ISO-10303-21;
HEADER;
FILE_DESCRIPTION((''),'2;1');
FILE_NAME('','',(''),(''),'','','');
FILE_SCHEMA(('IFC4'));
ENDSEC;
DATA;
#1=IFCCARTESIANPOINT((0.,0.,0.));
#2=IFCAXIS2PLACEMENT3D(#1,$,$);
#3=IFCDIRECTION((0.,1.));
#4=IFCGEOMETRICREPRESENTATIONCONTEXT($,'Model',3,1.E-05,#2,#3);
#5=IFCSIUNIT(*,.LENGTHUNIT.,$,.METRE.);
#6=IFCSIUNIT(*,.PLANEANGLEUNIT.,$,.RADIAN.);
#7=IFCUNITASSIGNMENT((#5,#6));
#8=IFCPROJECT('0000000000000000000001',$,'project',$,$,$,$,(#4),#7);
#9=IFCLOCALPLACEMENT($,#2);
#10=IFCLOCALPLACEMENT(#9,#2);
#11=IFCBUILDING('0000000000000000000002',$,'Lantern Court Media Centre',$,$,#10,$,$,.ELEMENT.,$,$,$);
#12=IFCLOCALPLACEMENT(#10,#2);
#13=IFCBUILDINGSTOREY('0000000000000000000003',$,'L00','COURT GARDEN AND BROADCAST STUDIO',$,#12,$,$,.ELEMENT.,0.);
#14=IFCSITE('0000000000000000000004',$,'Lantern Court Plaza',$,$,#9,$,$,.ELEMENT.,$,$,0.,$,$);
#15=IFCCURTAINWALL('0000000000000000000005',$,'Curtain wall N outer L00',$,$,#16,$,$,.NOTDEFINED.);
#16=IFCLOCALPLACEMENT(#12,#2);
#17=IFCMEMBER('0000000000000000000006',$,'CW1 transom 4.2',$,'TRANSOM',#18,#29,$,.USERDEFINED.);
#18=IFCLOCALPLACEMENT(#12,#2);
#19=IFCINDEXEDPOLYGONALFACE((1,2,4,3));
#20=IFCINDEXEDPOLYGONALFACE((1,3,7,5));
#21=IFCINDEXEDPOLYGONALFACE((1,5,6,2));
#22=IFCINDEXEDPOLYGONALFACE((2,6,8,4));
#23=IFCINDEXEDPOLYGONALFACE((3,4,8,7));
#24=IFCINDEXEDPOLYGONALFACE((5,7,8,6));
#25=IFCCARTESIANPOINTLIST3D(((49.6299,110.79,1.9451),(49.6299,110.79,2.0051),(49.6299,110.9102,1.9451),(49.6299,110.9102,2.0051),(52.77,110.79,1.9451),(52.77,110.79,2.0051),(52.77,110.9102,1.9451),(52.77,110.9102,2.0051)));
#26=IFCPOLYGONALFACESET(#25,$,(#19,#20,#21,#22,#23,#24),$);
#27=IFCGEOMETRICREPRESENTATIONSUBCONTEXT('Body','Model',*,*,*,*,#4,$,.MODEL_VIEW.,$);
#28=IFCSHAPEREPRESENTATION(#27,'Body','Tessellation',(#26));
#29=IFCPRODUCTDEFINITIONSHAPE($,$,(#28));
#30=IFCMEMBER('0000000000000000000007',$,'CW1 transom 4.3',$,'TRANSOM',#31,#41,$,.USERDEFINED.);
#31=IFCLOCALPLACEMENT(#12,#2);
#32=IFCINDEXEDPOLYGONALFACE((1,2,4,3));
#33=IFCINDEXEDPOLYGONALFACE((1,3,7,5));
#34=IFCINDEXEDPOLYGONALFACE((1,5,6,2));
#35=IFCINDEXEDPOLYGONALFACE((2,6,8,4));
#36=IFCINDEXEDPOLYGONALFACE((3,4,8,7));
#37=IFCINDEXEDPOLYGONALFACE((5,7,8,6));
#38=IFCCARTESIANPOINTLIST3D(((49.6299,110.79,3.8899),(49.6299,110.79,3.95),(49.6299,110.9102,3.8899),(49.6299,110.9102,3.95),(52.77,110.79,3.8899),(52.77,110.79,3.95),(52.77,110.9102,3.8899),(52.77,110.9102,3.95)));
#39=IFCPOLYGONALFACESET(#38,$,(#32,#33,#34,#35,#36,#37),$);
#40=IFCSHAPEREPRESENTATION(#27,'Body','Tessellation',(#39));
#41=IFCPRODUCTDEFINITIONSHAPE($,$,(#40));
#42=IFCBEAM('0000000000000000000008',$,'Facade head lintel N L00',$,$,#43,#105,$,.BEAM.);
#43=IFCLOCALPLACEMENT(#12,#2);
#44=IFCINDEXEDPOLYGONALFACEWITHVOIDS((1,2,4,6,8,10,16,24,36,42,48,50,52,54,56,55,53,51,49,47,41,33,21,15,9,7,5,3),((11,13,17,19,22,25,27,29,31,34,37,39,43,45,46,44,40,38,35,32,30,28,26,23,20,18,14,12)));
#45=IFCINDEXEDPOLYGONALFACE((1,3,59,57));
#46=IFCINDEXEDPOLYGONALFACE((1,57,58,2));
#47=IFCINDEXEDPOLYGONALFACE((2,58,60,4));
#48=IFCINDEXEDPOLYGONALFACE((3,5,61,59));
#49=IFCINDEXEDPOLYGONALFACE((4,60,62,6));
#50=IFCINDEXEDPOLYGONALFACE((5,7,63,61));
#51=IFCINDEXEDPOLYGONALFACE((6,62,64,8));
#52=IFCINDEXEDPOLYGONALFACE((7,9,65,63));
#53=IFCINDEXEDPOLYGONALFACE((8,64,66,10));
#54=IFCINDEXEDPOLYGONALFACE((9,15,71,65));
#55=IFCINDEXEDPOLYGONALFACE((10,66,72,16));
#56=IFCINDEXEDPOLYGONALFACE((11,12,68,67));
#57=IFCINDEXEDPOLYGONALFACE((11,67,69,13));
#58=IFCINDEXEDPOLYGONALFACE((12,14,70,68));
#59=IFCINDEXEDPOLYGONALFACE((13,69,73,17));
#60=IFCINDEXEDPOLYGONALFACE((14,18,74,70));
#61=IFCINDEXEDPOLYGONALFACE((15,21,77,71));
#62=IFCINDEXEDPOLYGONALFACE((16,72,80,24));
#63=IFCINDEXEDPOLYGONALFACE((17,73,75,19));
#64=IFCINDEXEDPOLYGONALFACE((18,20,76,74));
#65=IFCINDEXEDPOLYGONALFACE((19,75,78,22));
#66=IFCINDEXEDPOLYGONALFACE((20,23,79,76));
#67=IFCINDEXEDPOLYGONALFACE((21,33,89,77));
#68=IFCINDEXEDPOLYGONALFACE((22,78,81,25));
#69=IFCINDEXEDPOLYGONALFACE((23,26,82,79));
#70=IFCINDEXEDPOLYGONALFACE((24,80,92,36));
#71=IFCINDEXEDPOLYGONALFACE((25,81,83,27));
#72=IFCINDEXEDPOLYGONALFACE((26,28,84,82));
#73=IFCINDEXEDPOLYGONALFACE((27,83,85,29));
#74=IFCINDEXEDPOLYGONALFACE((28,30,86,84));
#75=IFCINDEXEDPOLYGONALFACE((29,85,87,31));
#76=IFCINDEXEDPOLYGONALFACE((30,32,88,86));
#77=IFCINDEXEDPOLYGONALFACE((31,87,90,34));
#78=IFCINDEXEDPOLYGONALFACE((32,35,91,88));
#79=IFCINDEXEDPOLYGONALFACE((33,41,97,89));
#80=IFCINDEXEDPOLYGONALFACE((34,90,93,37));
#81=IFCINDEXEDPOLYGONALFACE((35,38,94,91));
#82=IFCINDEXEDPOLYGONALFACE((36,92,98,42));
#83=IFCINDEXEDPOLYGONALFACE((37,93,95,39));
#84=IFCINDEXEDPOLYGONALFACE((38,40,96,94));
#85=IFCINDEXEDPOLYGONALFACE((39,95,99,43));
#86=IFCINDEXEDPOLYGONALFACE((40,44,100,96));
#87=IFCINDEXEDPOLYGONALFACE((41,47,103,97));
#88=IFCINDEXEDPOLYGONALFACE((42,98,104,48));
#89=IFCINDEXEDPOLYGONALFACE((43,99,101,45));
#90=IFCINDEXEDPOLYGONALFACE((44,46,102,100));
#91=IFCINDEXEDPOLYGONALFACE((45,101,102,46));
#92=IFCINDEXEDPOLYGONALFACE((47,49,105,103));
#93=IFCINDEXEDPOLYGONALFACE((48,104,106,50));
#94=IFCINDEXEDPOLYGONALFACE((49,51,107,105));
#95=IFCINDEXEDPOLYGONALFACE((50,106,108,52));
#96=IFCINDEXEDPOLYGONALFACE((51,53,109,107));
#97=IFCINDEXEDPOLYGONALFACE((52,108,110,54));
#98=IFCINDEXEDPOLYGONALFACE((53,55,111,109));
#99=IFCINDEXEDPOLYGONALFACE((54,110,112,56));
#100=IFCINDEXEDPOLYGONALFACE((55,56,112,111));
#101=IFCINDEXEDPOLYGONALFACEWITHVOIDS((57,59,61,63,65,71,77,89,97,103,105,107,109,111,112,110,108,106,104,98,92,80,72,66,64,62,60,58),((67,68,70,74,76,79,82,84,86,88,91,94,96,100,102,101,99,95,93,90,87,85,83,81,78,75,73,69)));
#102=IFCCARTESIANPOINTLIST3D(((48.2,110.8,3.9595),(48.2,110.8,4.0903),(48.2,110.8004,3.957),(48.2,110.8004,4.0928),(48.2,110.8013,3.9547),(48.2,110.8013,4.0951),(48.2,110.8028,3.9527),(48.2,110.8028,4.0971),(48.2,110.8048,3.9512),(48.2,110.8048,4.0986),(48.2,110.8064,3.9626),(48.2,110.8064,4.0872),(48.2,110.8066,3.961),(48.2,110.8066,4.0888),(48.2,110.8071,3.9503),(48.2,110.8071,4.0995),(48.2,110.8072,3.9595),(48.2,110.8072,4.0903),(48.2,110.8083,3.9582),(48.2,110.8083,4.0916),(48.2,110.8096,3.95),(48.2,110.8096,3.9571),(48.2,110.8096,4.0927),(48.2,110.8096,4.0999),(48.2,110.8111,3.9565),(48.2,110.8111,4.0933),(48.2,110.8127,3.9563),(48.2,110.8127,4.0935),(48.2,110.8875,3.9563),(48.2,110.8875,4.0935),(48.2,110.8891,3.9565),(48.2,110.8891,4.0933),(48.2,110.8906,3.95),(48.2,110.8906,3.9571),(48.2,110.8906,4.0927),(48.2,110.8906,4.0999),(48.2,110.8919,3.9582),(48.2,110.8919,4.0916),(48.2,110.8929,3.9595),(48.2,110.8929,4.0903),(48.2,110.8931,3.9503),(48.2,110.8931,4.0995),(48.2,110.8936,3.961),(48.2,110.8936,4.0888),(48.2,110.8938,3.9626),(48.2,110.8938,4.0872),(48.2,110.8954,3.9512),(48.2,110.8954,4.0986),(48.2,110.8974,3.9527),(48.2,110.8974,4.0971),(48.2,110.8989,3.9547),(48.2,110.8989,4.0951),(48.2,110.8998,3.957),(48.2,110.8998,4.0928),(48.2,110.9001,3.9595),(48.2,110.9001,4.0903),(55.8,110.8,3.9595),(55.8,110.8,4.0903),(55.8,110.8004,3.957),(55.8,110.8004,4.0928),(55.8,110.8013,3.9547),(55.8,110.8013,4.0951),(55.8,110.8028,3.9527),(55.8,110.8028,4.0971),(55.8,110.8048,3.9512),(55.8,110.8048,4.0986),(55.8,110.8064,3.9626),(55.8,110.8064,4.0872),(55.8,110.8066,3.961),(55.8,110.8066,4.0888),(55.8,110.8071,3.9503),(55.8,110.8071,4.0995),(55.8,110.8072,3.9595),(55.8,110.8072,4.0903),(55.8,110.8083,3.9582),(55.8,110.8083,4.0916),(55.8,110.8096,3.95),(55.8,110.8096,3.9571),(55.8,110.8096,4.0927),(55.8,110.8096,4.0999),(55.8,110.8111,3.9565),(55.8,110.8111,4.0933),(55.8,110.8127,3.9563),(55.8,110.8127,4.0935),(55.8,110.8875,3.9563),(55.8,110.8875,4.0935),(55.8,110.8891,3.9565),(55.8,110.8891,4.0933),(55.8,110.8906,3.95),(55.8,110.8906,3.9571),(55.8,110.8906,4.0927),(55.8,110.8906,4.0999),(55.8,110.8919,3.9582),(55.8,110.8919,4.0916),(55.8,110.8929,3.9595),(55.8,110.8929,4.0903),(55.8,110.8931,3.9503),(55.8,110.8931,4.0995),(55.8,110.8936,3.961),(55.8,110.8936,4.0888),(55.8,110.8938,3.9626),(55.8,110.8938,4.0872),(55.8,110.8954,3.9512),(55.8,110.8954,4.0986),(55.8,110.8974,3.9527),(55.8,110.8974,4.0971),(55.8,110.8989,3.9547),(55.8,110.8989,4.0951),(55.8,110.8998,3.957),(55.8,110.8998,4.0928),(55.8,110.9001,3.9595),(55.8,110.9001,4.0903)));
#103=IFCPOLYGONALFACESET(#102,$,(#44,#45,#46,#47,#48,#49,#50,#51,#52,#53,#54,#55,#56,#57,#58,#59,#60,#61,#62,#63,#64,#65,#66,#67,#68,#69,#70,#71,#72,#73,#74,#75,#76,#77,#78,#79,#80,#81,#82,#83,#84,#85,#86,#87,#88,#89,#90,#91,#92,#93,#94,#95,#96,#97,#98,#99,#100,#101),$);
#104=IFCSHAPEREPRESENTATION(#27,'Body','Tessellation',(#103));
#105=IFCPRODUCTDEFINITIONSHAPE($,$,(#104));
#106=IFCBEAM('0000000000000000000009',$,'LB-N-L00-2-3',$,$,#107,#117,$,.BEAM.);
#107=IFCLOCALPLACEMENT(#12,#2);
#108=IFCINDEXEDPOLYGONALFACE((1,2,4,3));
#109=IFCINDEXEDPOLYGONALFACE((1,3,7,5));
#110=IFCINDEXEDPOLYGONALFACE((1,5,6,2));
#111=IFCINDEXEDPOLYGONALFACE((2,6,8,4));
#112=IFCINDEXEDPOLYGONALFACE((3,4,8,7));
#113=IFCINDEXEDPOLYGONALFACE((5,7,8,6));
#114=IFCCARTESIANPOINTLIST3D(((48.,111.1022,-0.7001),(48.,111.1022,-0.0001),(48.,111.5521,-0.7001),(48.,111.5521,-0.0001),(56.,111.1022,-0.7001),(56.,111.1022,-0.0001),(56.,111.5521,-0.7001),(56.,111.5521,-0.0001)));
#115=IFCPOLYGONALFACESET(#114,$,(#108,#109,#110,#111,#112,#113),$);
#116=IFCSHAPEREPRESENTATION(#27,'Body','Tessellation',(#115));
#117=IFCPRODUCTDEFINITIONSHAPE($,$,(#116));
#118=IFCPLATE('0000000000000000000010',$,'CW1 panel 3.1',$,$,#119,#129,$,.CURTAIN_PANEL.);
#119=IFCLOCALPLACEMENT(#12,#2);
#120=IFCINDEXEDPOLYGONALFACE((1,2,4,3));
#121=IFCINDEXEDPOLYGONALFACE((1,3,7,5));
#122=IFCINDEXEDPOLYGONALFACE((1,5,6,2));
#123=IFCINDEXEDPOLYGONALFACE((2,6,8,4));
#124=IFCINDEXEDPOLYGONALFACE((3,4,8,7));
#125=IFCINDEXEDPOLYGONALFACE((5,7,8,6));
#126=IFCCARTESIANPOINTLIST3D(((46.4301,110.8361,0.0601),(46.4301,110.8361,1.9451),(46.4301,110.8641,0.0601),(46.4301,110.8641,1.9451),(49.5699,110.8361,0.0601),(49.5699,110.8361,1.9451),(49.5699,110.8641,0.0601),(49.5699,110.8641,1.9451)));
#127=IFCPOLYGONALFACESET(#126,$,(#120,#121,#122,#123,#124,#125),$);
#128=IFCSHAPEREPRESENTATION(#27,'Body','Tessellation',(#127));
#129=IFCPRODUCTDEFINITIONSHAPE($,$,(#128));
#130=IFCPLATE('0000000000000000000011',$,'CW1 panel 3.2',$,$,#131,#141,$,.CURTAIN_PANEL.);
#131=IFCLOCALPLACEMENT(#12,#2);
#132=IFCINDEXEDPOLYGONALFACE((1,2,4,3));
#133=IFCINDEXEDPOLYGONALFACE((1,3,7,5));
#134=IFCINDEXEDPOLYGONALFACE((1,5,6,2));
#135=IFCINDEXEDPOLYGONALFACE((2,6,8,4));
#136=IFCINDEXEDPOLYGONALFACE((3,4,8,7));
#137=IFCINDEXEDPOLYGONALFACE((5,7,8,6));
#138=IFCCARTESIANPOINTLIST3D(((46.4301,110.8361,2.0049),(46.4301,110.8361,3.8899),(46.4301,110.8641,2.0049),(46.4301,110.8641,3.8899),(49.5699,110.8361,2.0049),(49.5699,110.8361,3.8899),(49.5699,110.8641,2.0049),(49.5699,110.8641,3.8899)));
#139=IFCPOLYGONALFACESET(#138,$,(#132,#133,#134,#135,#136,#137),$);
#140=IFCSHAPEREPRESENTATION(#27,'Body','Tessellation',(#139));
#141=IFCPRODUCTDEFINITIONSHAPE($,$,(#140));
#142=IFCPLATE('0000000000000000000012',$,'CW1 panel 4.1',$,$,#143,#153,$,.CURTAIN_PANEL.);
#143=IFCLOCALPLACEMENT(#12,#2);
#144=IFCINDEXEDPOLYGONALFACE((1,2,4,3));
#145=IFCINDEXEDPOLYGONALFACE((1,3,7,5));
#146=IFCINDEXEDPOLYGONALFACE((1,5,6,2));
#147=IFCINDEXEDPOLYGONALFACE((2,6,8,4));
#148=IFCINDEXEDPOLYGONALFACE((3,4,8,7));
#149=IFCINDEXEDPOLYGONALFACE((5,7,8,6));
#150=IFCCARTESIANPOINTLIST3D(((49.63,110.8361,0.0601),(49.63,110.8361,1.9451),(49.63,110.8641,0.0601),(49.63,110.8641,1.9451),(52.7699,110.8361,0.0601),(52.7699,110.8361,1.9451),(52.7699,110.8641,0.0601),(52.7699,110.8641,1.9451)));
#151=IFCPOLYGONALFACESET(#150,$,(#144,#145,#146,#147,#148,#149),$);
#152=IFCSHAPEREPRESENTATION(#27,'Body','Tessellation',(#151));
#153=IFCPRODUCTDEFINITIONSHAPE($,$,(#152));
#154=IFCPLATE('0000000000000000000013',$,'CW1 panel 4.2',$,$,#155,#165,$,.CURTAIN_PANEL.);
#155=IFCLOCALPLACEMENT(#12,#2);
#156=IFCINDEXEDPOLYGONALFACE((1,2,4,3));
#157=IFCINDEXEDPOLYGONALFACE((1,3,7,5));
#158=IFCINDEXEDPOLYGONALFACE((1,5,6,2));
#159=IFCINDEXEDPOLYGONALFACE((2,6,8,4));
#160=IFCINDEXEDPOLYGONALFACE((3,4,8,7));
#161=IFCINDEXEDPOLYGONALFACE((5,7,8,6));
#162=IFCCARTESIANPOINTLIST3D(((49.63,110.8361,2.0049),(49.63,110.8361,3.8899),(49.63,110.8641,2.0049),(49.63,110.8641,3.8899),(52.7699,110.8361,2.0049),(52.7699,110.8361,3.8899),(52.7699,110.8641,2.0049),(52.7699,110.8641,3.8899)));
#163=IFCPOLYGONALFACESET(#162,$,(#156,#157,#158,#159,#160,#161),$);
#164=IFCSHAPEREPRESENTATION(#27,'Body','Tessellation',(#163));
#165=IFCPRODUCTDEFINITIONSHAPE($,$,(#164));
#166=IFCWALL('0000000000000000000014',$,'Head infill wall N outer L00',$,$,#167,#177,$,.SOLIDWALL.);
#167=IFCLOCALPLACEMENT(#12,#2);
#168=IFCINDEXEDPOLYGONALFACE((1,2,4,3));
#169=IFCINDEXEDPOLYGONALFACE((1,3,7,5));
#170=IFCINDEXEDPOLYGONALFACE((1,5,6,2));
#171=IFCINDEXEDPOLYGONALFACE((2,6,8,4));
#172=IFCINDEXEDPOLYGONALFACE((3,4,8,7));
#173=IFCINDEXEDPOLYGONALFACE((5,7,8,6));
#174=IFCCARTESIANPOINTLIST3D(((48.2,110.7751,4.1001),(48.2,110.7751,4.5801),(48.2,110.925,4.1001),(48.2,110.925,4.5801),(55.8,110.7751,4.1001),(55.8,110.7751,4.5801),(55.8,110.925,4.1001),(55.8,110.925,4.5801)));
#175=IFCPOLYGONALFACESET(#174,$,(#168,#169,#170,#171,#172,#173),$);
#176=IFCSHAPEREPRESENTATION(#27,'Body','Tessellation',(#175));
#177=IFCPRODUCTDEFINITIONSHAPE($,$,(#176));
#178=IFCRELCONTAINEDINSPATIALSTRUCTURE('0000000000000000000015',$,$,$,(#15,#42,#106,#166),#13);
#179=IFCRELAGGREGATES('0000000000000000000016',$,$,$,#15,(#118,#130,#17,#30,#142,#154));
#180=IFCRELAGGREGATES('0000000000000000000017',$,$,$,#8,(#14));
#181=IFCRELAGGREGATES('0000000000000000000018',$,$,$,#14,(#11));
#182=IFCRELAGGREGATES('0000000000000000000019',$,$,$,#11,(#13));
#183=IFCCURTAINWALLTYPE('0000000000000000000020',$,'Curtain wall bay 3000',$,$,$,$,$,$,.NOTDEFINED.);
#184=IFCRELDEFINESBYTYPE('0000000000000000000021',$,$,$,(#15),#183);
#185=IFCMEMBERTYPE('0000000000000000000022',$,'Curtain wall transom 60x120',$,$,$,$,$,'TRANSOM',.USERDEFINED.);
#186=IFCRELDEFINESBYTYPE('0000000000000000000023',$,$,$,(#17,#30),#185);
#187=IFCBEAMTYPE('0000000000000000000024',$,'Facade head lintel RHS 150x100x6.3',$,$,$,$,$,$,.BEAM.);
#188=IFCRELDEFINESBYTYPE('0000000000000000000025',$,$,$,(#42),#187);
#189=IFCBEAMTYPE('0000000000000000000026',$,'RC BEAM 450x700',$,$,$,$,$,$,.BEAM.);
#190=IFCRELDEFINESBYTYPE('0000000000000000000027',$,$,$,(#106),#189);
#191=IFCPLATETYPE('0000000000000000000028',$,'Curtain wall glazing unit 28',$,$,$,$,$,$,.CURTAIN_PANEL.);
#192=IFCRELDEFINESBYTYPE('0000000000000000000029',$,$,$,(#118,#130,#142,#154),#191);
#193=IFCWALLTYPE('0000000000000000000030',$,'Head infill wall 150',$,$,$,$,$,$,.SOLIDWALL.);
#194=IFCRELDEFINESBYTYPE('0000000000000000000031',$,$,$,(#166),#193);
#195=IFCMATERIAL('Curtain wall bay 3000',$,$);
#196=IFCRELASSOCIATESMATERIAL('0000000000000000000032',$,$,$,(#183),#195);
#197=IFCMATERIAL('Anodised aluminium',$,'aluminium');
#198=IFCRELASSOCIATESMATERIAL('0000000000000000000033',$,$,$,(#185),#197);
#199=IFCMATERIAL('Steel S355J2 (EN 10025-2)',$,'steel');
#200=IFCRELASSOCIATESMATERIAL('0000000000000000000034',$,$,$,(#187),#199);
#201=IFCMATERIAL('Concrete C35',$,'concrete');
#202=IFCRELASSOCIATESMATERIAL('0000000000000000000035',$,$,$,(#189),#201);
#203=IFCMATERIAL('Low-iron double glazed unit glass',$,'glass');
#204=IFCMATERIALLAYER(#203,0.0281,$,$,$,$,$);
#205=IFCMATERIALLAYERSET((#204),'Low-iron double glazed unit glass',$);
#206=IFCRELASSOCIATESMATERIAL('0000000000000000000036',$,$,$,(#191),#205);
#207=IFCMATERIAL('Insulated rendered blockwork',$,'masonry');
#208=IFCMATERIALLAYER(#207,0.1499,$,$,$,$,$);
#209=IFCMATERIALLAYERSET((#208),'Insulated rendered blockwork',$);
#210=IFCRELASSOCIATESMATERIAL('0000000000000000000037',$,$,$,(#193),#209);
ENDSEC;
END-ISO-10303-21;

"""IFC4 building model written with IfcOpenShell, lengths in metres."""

from ifc_helpers import new_model, si_unit, direction, frame, frame_2d, origin, origin_2d, place, context, subcontext, project, spatial, rectangle, hollow_rectangle, extrude, material, layer, layer_set, material_profile, profile_set, type_object, element, aggregate, save


model = new_model("IFC4")

# Units and contexts
model_context = context("Model", 3, precision=1e-05, world=origin(), true_north=direction((0.0, 1.0)))
body_context = subcontext(model_context, "Body", "Model", "MODEL_VIEW")
ifc_project = project(units=[si_unit("LENGTHUNIT", "METRE"), si_unit("PLANEANGLEUNIT", "RADIAN")], contexts=[model_context])

# Site, building, storey
site_placement = place(None, origin())
site = spatial("IfcSite", under=ifc_project, at=site_placement, Name="Lantern Court Plaza", CompositionType="ELEMENT", RefElevation=0.0)
building_placement = place(site_placement, origin())
building = spatial("IfcBuilding", under=site, at=building_placement, Name="Lantern Court Media Centre", CompositionType="ELEMENT")
storey_placement = place(building_placement, origin())
storey = spatial("IfcBuildingStorey", under=building, at=storey_placement, Name="L00", Description="COURT GARDEN AND BROADCAST STUDIO", CompositionType="ELEMENT", Elevation=0.0)

# Shared definitions
ifc_material_1 = material(Name="Concrete C35", Category="concrete")

# Curtain wall, members
ifc_material_2 = material(Name="Curtain wall bay 3000")
curtain_wall_type = type_object("IfcCurtainWallType", Name="Curtain wall bay 3000", PredefinedType="NOTDEFINED", material=ifc_material_2)
curtain_wall_placement = place(storey_placement, origin())
curtain_wall = element("IfcCurtainWall", 1, at=curtain_wall_placement, inside=storey, type_object=curtain_wall_type, Name="Curtain wall N outer L00", PredefinedType="NOTDEFINED")
ifc_material_3 = material(Name="Anodised aluminium", Category="aluminium")
ifc_material_profile_1 = material_profile(ifc_material_3, rectangle(XDim=0.1201, YDim=0.0601, at=origin_2d()), Name="AL 60x120")
ifc_profile_set_1 = profile_set([ifc_material_profile_1], Name="Anodised aluminium")
member_type_1 = type_object("IfcMemberType", Name="Curtain wall transom 60x120", ElementType="TRANSOM", PredefinedType="USERDEFINED", material=ifc_profile_set_1)
member_1_placement = place(storey_placement, frame((49.6299, 110.8501, 1.9751), z_axis=(1.0, 0.0, 0.0), x_axis=(0.0, 1.0, 0.0)))
member_1 = element("IfcMember", 2, at=member_1_placement, type_object=member_type_1, Name="CW1 transom 4.2", ObjectType="TRANSOM", PredefinedType="USERDEFINED", context=body_context, shape_type="SweptSolid", body=[
    extrude(rectangle(XDim=0.1201, YDim=0.0601, at=origin_2d()), origin(), (0.0, 0.0, 1.0), 3.1401),
])
member_2_placement = place(storey_placement, frame((49.6299, 110.8501, 3.9199), z_axis=(1.0, 0.0, 0.0), x_axis=(0.0, 1.0, 0.0)))
member_2 = element("IfcMember", 3, at=member_2_placement, type_object=member_type_1, Name="CW1 transom 4.3", ObjectType="TRANSOM", PredefinedType="USERDEFINED", context=body_context, shape_type="SweptSolid", body=[
    extrude(rectangle(XDim=0.1201, YDim=0.0601, at=origin_2d()), origin(), (0.0, 0.0, 1.0), 3.1401),
])

# Beams
ifc_material_4 = material(Name="Steel S355J2 (EN 10025-2)", Category="steel")
ifc_material_profile_2 = material_profile(ifc_material_4, hollow_rectangle(XDim=0.1001, YDim=0.1499, WallThickness=0.0063, InnerFilletRadius=0.0063, OuterFilletRadius=0.0095, at=origin_2d()), Name="Facade head lintel RHS 150x100x6.3")
ifc_profile_set_2 = profile_set([ifc_material_profile_2], Name="Steel S355J2 (EN 10025-2)")
beam_type_1 = type_object("IfcBeamType", Name="Facade head lintel RHS 150x100x6.3", PredefinedType="BEAM", material=ifc_profile_set_2)
beam_1_placement = place(storey_placement, frame((48.2, 110.8501, 4.0249), z_axis=(1.0, 0.0, 0.0), x_axis=(0.0, 1.0, 0.0)))
element("IfcBeam", 4, at=beam_1_placement, inside=storey, type_object=beam_type_1, Name="Facade head lintel N L00", PredefinedType="BEAM", context=body_context, shape_type="SweptSolid", body=[
    extrude(hollow_rectangle(XDim=0.1001, YDim=0.1499, WallThickness=0.0063, InnerFilletRadius=0.0063, OuterFilletRadius=0.0095, at=origin_2d()), origin(), (0.0, 0.0, 1.0), 7.6001),
])
ifc_material_profile_3 = material_profile(ifc_material_1, rectangle(XDim=0.45, YDim=0.7, at=origin_2d()), Name="RC 450x700")
ifc_profile_set_3 = profile_set([ifc_material_profile_3], Name="Concrete C35")
beam_type_2 = type_object("IfcBeamType", Name="RC BEAM 450x700", PredefinedType="BEAM", material=ifc_profile_set_3)
beam_2_placement = place(storey_placement, frame((48.0, 111.3271, -0.3501), z_axis=(1.0, 0.0, 0.0), x_axis=(0.0, 1.0, 0.0)))
element("IfcBeam", 5, at=beam_2_placement, inside=storey, type_object=beam_type_2, Name="LB-N-L00-2-3", PredefinedType="BEAM", context=body_context, shape_type="SweptSolid", body=[
    extrude(rectangle(XDim=0.45, YDim=0.7, at=origin_2d()), origin(), (0.0, 0.0, 1.0), 8.0),
])

# Plates
ifc_material_5 = material(Name="Low-iron double glazed unit glass", Category="glass")
ifc_layer_1 = layer(ifc_material_5, 0.0281)
ifc_layer_set_1 = layer_set([ifc_layer_1], Name="Low-iron double glazed unit glass")
plate_type = type_object("IfcPlateType", Name="Curtain wall glazing unit 28", PredefinedType="CURTAIN_PANEL", material=ifc_layer_set_1)
plate_1_placement = place(storey_placement, frame((48.0, 110.8501, 0.0601), z_axis=(0.0, 0.0, 1.0), x_axis=(1.0, 0.0, 0.0)))
plate_1 = element("IfcPlate", 6, at=plate_1_placement, type_object=plate_type, Name="CW1 panel 3.1", PredefinedType="CURTAIN_PANEL", context=body_context, shape_type="SweptSolid", body=[
    extrude(rectangle(XDim=3.1399, YDim=0.0281, at=origin_2d()), origin(), (0.0, 0.0, 1.0), 1.885),
])
plate_2_placement = place(storey_placement, frame((48.0, 110.8501, 2.0049), z_axis=(0.0, 0.0, 1.0), x_axis=(1.0, 0.0, 0.0)))
plate_2 = element("IfcPlate", 7, at=plate_2_placement, type_object=plate_type, Name="CW1 panel 3.2", PredefinedType="CURTAIN_PANEL", context=body_context, shape_type="SweptSolid", body=[
    extrude(rectangle(XDim=3.1399, YDim=0.0281, at=origin_2d()), origin(), (0.0, 0.0, 1.0), 1.885),
])
plate_3_placement = place(storey_placement, frame((51.2, 110.8501, 0.0601), z_axis=(0.0, 0.0, 1.0), x_axis=(1.0, 0.0, 0.0)))
plate_3 = element("IfcPlate", 8, at=plate_3_placement, type_object=plate_type, Name="CW1 panel 4.1", PredefinedType="CURTAIN_PANEL", context=body_context, shape_type="SweptSolid", body=[
    extrude(rectangle(XDim=3.1399, YDim=0.0281, at=origin_2d()), origin(), (0.0, 0.0, 1.0), 1.885),
])
plate_4_placement = place(storey_placement, frame((51.2, 110.8501, 2.0049), z_axis=(0.0, 0.0, 1.0), x_axis=(1.0, 0.0, 0.0)))
plate_4 = element("IfcPlate", 9, at=plate_4_placement, type_object=plate_type, Name="CW1 panel 4.2", PredefinedType="CURTAIN_PANEL", context=body_context, shape_type="SweptSolid", body=[
    extrude(rectangle(XDim=3.1399, YDim=0.0281, at=origin_2d()), origin(), (0.0, 0.0, 1.0), 1.885),
])
aggregate(curtain_wall, [plate_1, plate_2, member_1, member_2, plate_3, plate_4])

# Wall
ifc_material_6 = material(Name="Insulated rendered blockwork", Category="masonry")
ifc_layer_2 = layer(ifc_material_6, 0.1499)
ifc_layer_set_2 = layer_set([ifc_layer_2], Name="Insulated rendered blockwork")
wall_type = type_object("IfcWallType", Name="Head infill wall 150", PredefinedType="SOLIDWALL", material=ifc_layer_set_2)
wall_placement = place(storey_placement, frame((48.2, 110.8501, 4.1001), z_axis=(0.0, 0.0, 1.0), x_axis=(1.0, 0.0, 0.0)))
element("IfcWall", 10, at=wall_placement, inside=storey, type_object=wall_type, Name="Head infill wall N outer L00", PredefinedType="SOLIDWALL", context=body_context, shape_type="SweptSolid", body=[
    extrude(rectangle(XDim=7.6001, YDim=0.1499, at=frame_2d((3.8, 0.0))), origin(), (0.0, 0.0, 1.0), 0.48),
])

save(model, "model.ifc")
